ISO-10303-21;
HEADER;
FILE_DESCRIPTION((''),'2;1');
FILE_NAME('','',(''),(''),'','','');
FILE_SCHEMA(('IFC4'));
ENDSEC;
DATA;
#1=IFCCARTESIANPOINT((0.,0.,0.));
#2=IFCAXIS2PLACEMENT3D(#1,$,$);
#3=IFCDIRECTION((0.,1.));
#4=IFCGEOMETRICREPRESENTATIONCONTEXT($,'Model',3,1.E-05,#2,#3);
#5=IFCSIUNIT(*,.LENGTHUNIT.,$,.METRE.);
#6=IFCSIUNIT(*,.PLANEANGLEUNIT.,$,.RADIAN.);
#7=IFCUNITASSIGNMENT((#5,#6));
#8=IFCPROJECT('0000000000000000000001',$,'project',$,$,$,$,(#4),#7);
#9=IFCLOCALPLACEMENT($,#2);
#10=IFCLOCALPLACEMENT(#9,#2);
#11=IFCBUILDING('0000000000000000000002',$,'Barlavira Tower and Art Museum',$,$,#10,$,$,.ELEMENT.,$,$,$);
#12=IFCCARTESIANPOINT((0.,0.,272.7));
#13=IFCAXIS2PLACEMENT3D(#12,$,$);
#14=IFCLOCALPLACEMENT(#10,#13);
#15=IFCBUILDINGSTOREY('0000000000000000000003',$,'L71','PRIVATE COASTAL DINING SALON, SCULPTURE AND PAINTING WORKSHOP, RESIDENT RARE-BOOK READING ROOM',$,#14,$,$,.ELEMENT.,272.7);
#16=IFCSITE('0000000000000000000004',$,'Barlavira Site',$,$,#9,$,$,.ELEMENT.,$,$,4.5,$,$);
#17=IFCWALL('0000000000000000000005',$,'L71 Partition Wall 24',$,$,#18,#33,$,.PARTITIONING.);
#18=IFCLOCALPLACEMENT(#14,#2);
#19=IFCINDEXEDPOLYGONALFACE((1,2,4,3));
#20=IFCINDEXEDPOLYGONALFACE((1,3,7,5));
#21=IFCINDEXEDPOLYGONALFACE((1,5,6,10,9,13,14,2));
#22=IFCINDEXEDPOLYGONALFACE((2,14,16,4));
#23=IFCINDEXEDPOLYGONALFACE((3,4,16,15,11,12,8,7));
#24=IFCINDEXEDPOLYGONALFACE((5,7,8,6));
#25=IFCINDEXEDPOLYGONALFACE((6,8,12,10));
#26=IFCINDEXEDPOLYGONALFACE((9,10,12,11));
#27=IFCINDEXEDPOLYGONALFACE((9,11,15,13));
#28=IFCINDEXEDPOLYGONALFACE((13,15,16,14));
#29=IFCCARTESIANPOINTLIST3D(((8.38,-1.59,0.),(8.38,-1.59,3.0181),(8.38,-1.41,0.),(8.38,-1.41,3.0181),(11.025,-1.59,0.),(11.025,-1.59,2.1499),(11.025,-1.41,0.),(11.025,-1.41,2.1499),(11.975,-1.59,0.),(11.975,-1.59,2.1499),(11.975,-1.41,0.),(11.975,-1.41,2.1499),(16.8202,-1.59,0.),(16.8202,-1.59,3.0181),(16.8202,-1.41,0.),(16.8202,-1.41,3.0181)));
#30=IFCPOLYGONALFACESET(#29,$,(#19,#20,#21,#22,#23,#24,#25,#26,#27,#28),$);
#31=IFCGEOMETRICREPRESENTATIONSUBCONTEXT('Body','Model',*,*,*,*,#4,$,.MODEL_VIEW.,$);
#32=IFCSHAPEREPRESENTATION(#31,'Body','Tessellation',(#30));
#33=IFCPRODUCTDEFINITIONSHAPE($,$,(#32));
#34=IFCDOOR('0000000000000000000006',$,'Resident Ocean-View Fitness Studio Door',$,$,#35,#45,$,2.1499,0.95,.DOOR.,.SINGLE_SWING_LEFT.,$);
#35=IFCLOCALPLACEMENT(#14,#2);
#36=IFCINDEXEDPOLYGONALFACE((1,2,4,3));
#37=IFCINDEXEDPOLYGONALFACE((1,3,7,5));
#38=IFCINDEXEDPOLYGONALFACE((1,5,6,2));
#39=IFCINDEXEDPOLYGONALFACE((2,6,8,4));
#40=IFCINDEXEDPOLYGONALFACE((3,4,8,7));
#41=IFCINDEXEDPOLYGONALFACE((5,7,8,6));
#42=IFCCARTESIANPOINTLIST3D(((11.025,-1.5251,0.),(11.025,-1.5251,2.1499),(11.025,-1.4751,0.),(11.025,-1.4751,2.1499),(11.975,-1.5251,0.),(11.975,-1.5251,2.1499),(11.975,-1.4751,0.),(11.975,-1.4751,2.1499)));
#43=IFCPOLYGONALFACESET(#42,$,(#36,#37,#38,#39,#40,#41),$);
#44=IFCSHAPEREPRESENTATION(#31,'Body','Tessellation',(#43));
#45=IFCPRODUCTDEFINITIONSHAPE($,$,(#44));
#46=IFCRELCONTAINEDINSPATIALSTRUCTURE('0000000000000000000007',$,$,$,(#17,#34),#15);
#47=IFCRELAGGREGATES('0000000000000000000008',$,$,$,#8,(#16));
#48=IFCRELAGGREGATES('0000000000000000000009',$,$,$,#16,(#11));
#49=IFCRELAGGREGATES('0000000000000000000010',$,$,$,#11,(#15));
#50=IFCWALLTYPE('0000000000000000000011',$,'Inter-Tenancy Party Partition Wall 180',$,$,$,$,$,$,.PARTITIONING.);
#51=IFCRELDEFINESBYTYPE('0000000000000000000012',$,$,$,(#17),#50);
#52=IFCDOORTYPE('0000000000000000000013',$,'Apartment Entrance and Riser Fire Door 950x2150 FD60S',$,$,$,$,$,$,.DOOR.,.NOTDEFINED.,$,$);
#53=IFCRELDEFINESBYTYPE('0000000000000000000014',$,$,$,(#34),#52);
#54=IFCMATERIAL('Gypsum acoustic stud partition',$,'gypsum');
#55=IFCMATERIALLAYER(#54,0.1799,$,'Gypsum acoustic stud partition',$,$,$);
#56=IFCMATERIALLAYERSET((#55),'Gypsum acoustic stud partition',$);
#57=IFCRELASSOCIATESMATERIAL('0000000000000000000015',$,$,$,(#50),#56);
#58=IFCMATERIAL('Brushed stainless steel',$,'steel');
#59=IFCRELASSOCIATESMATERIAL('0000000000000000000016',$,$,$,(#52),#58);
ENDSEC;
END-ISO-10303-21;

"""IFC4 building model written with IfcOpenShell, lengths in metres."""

from ifc_helpers import new_model, si_unit, direction, frame, frame_2d, origin, place, context, subcontext, project, spatial, rectangle, extrude, material, layer, layer_set, type_object, element, fill, save


model = new_model("IFC4")

# Units and contexts
model_context = context("Model", 3, precision=1e-05, world=origin(), true_north=direction((0.0, 1.0)))
body_context = subcontext(model_context, "Body", "Model", "MODEL_VIEW")
ifc_project = project(units=[si_unit("LENGTHUNIT", "METRE"), si_unit("PLANEANGLEUNIT", "RADIAN")], contexts=[model_context])

# Site, building, storey
site_placement = place(None, origin())
site = spatial("IfcSite", under=ifc_project, at=site_placement, Name="Barlavira Site", CompositionType="ELEMENT", RefElevation=4.5)
building_placement = place(site_placement, origin())
building = spatial("IfcBuilding", under=site, at=building_placement, Name="Barlavira Tower and Art Museum", CompositionType="ELEMENT")
storey_placement = place(building_placement, frame((0.0, 0.0, 272.7)))
storey = spatial("IfcBuildingStorey", under=building, at=storey_placement, Name="L71", Description="PRIVATE COASTAL DINING SALON, SCULPTURE AND PAINTING WORKSHOP, RESIDENT RARE-BOOK READING ROOM", CompositionType="ELEMENT", Elevation=272.7)

# Shared definitions
ifc_material_1 = material(Name="Gypsum acoustic stud partition", Category="gypsum")
ifc_layer_1 = layer(ifc_material_1, 0.1799, Name="Gypsum acoustic stud partition")
ifc_layer_set_1 = layer_set([ifc_layer_1], Name="Gypsum acoustic stud partition")
wall_type = type_object("IfcWallType", Name="Inter-Tenancy Party Partition Wall 180", PredefinedType="PARTITIONING", material=ifc_layer_set_1)
ifc_material_2 = material(Name="Brushed stainless steel", Category="steel")
door_type = type_object("IfcDoorType", Name="Apartment Entrance and Riser Fire Door 950x2150 FD60S", OperationType="NOTDEFINED", PredefinedType="DOOR", material=ifc_material_2)

# Wall, opening, door
wall_1_placement = place(storey_placement, frame((8.3799, -1.5, 0.0), z_axis=(0.0, 0.0, 1.0), x_axis=(1.0, 0.0, 0.0)))
wall_1 = element("IfcWall", 1, at=wall_1_placement, inside=storey, type_object=wall_type, Name="L71 Partition Wall 24", PredefinedType="PARTITIONING", context=body_context, shape_type="SweptSolid", body=[
    extrude(rectangle(XDim=8.4402, YDim=0.1799, at=frame_2d((4.2202, 0.0))), origin(), (0.0, 0.0, 1.0), 3.0181),
])
opening_1_placement = place(wall_1_placement, frame((2.645, 0.0, 0.0)))
opening_1 = element("IfcOpeningElement", 2, at=opening_1_placement, cuts=wall_1, PredefinedType="OPENING", context=body_context, shape_type="SweptSolid", body=[
    extrude(rectangle(XDim=0.95, YDim=2.1499, at=frame_2d((0.4751, 1.075))), frame((0.0, 0.1001, 0.0), z_axis=(0.0, -1.0, 0.0), x_axis=(1.0, 0.0, 0.0)), (0.0, 0.0, 1.0), 0.2),
])
door_1_placement = place(opening_1_placement, origin())
door_1 = element("IfcDoor", 3, at=door_1_placement, inside=storey, type_object=door_type, Name="Resident Ocean-View Fitness Studio Door", OperationType="SINGLE_SWING_LEFT", OverallHeight=2.1499, OverallWidth=0.95, PredefinedType="DOOR", context=body_context, shape_type="SweptSolid", body=[
    extrude(rectangle(XDim=0.95, YDim=2.1499, at=frame_2d((0.4751, 1.075))), frame((0.0, 0.0249, 0.0), z_axis=(0.0, -1.0, 0.0), x_axis=(1.0, 0.0, 0.0)), (0.0, 0.0, 1.0), 0.05),
])
fill(opening_1, door_1)

save(model, "model.ifc")
